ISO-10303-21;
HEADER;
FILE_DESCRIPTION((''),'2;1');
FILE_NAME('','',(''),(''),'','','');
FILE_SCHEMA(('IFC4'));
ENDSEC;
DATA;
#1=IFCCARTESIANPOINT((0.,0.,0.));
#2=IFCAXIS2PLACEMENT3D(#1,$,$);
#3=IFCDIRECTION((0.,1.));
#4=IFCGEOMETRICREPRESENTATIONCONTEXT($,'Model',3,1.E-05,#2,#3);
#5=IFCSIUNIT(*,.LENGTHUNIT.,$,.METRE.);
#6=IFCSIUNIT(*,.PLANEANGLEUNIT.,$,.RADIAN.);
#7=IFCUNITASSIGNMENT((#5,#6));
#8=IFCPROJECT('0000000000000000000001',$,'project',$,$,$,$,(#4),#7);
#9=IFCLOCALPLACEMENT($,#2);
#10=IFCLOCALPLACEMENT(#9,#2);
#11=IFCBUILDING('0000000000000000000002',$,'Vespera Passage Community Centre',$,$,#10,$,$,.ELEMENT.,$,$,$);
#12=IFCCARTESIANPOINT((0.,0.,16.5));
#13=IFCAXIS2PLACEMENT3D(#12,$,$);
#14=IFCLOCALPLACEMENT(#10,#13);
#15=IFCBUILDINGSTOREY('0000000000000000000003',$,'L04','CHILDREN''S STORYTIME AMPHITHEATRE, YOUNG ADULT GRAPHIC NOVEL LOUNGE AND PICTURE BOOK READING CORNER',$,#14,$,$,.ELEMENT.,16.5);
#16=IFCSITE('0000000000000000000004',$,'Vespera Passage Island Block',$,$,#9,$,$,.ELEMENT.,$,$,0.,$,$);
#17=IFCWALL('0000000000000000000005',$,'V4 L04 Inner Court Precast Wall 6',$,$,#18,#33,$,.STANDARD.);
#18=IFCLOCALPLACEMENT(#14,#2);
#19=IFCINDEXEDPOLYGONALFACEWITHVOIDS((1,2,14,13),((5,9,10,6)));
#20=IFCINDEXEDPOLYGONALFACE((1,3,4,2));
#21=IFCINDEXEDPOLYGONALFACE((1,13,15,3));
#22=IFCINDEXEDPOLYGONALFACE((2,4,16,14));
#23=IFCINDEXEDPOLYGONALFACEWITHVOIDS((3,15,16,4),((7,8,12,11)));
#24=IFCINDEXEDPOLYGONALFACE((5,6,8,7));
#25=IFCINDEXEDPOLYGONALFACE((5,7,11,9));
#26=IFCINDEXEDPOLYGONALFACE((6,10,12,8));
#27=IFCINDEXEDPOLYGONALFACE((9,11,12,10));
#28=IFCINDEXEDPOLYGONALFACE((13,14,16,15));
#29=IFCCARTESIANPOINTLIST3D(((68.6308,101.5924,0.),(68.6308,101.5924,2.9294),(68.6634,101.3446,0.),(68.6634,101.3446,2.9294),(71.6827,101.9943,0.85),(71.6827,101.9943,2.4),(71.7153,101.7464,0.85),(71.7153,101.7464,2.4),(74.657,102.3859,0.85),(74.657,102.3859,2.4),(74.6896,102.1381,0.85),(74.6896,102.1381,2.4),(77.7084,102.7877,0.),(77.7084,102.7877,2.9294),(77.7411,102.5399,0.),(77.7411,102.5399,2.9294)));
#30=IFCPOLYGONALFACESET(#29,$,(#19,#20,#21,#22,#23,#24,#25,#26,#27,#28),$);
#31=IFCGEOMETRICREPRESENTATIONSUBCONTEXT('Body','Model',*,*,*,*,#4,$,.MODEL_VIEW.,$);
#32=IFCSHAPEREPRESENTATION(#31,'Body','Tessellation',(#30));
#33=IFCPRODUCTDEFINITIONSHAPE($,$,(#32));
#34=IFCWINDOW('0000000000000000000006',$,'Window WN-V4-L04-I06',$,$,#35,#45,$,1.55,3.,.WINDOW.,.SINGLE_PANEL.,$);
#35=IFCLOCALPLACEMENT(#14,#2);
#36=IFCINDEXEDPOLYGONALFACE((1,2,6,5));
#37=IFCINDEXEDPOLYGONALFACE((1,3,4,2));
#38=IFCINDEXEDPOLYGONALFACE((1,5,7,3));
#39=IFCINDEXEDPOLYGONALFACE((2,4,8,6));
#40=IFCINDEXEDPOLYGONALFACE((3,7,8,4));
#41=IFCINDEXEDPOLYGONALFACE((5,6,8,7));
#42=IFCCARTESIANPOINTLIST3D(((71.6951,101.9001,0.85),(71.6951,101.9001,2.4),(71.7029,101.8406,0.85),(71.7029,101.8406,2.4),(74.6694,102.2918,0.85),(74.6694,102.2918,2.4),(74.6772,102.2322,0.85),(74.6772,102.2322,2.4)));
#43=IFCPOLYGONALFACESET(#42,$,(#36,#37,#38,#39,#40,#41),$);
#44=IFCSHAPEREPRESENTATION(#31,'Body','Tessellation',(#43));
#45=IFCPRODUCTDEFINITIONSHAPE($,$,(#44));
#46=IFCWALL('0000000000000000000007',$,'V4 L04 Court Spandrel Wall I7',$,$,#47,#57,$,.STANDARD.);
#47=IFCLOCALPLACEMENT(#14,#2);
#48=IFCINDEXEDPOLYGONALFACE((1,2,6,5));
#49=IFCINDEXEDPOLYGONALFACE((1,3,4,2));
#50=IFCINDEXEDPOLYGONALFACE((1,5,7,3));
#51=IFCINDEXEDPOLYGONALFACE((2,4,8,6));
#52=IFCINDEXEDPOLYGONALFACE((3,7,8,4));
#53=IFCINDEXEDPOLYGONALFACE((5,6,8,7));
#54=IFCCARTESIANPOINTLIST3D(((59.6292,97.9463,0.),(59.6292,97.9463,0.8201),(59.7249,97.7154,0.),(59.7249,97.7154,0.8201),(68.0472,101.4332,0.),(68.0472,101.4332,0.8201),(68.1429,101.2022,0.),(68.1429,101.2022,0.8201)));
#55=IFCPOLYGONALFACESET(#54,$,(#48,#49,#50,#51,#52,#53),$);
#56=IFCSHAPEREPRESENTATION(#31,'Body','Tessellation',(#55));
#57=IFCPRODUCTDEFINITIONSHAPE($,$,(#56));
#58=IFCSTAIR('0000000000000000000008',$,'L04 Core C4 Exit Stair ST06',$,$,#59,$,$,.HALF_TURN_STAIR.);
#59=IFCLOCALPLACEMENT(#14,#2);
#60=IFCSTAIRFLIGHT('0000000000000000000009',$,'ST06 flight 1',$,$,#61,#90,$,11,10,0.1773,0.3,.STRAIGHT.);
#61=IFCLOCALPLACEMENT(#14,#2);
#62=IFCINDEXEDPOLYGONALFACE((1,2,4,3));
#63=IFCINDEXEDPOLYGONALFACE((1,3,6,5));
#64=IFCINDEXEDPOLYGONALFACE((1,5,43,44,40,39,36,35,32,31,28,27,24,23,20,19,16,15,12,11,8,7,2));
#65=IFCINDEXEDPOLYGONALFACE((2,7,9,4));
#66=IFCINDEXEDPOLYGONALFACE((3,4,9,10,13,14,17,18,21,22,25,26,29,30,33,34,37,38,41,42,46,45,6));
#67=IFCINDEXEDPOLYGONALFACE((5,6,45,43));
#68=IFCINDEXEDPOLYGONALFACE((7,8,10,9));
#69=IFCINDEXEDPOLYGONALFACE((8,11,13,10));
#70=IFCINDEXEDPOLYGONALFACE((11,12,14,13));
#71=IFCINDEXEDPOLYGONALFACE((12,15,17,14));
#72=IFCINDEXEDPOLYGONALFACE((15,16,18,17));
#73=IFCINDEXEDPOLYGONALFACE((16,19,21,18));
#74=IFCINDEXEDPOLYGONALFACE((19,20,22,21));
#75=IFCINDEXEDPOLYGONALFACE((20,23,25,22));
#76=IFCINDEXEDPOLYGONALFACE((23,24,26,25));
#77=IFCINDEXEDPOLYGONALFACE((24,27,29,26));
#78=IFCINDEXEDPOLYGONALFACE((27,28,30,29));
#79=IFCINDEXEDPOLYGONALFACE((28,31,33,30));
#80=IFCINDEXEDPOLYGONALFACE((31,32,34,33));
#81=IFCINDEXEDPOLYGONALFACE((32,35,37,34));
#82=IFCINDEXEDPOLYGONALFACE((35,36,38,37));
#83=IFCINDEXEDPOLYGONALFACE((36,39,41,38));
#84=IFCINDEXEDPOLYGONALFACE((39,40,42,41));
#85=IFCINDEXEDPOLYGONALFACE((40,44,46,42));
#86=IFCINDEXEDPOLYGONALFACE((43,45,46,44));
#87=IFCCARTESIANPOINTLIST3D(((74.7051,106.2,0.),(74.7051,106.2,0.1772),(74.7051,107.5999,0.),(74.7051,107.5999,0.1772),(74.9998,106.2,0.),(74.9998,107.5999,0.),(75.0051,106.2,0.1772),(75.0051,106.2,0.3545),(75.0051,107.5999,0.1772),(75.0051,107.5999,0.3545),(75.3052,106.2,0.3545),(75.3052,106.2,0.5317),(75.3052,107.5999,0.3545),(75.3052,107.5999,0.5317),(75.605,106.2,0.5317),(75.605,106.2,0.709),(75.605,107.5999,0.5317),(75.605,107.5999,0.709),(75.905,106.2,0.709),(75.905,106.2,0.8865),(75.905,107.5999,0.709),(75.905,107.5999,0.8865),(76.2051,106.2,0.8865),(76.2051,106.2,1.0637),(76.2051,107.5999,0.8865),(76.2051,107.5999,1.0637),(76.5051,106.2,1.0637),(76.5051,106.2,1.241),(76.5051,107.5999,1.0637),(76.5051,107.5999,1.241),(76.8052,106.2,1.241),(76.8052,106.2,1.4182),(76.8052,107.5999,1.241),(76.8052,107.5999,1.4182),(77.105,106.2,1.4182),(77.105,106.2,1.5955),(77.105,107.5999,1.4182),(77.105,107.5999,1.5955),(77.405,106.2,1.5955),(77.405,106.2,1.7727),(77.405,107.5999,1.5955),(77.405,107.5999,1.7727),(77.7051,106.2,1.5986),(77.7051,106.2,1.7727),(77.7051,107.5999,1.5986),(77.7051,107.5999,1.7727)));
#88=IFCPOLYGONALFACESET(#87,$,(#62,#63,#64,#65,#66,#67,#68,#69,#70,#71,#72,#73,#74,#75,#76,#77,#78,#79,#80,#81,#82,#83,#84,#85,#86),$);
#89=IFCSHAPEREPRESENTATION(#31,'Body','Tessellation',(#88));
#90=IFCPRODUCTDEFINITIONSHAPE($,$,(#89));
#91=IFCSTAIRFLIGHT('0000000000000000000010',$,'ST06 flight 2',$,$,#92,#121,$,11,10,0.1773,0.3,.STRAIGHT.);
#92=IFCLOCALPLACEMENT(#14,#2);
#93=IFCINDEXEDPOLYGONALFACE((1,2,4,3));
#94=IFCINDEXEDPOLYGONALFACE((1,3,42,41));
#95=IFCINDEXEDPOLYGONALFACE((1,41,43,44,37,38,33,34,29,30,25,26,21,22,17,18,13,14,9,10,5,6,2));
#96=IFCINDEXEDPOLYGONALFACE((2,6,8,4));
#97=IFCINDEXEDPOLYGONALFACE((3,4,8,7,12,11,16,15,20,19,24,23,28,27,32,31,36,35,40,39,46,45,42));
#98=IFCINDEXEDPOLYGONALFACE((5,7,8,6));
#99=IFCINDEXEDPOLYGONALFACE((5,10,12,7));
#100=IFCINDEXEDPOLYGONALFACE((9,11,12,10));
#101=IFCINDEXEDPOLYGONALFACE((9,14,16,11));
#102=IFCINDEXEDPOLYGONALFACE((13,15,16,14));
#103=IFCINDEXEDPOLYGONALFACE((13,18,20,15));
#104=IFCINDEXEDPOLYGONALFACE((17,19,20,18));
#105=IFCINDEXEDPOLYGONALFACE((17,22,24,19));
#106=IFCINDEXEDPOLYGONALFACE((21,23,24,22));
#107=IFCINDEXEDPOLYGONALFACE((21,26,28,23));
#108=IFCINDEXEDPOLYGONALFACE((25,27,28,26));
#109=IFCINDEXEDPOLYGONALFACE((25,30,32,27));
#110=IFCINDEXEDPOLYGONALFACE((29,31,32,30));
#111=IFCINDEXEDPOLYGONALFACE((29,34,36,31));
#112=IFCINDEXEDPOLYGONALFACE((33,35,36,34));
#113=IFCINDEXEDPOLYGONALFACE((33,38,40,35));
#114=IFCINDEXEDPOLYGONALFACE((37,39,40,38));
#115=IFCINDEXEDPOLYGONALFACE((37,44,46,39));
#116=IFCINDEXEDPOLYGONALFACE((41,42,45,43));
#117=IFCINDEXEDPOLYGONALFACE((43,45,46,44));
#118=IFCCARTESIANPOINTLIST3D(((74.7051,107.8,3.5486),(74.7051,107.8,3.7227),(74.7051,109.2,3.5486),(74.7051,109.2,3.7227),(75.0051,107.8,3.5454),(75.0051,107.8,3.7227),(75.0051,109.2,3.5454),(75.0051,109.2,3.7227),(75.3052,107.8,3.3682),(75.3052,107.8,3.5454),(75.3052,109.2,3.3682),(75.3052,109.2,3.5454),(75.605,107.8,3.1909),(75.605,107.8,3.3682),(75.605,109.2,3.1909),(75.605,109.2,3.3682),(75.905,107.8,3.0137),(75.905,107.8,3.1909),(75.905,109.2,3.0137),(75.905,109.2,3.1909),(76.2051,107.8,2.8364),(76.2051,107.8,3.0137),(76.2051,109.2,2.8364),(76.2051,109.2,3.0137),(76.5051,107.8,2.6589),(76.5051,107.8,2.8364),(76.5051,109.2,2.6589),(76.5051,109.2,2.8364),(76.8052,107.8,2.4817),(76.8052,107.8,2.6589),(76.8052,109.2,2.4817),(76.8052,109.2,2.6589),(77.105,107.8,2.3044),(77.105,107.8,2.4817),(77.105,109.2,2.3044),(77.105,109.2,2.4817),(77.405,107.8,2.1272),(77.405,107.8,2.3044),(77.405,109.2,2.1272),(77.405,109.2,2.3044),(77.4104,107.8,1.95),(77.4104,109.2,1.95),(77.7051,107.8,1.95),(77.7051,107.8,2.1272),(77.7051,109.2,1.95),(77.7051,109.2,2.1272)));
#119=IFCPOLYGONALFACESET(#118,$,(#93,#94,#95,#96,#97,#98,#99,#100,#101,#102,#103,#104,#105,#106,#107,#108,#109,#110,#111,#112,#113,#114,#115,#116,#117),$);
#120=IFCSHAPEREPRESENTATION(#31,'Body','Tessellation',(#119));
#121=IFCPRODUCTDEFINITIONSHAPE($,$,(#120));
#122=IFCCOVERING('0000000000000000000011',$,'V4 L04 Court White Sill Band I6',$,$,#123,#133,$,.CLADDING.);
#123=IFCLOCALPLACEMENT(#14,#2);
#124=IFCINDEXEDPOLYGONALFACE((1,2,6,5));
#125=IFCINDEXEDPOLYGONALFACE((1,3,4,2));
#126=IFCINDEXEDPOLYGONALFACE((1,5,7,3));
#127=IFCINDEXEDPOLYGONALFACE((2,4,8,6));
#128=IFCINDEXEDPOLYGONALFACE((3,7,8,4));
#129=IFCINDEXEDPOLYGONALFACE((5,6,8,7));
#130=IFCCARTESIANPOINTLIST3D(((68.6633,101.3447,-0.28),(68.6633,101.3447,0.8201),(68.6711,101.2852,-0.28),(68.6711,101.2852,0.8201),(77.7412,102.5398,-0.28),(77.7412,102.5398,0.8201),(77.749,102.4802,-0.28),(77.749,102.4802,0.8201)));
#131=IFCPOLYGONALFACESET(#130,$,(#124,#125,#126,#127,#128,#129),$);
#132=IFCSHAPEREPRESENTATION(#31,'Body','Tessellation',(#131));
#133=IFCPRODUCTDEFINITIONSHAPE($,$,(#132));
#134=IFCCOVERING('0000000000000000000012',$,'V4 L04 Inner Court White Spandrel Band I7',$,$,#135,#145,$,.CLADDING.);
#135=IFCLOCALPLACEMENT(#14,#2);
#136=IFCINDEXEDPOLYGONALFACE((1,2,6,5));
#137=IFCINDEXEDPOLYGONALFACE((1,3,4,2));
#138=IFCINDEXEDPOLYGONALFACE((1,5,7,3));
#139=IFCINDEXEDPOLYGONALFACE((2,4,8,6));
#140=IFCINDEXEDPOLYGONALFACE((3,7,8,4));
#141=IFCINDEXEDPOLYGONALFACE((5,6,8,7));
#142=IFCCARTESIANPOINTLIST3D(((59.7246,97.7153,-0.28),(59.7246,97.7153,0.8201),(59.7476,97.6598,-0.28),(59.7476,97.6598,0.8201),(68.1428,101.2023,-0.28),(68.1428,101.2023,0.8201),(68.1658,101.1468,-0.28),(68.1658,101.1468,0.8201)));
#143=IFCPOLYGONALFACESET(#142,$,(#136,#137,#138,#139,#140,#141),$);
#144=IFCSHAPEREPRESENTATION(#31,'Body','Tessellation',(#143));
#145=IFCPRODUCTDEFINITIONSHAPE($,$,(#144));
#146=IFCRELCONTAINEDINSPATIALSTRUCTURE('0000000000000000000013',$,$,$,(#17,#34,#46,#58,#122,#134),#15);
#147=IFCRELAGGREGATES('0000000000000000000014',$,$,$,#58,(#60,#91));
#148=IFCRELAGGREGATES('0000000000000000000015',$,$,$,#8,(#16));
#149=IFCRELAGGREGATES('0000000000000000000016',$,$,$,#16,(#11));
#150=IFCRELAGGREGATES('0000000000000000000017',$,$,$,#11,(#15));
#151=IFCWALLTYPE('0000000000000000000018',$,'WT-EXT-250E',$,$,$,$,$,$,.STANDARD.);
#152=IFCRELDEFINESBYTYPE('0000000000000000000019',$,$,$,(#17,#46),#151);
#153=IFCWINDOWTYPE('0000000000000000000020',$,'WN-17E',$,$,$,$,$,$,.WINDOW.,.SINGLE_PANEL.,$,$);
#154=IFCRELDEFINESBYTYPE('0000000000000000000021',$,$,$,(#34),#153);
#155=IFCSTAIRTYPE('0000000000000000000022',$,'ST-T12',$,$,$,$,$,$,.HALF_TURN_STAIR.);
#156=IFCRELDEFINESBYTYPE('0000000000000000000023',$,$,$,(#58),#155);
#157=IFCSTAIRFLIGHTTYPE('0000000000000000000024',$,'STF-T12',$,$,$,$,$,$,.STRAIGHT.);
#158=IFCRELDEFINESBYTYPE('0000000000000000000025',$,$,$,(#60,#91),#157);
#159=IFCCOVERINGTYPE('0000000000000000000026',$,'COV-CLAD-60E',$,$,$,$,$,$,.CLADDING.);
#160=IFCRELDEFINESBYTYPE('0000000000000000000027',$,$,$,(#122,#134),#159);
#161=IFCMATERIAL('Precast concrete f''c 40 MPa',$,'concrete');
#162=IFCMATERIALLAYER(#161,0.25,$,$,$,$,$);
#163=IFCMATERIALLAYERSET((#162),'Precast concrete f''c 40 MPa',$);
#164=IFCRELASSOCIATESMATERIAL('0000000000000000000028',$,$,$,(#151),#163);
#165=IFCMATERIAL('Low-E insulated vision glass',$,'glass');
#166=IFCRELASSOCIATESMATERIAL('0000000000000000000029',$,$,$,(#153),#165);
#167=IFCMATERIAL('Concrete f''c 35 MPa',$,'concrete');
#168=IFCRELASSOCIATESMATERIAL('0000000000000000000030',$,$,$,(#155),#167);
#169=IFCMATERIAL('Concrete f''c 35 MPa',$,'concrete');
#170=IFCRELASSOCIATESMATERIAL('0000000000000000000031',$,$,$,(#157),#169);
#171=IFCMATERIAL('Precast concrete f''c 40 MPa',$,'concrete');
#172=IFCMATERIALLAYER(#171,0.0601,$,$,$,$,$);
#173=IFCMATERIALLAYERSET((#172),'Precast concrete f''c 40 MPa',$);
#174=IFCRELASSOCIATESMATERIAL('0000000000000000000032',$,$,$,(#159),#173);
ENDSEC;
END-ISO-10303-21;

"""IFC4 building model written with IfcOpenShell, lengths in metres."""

from ifc_helpers import new_model, si_unit, direction, frame, frame_2d, origin, place, context, subcontext, project, spatial, polyline, rectangle, outline, extrude, material, layer, layer_set, type_object, element, fill, aggregate, save


model = new_model("IFC4")

# Units and contexts
model_context = context("Model", 3, precision=1e-05, world=origin(), true_north=direction((0.0, 1.0)))
body_context = subcontext(model_context, "Body", "Model", "MODEL_VIEW")
ifc_project = project(units=[si_unit("LENGTHUNIT", "METRE"), si_unit("PLANEANGLEUNIT", "RADIAN")], contexts=[model_context])

# Site, building, storey
site_placement = place(None, origin())
site = spatial("IfcSite", under=ifc_project, at=site_placement, Name="Vespera Passage Island Block", CompositionType="ELEMENT", RefElevation=0.0)
building_placement = place(site_placement, origin())
building = spatial("IfcBuilding", under=site, at=building_placement, Name="Vespera Passage Community Centre", CompositionType="ELEMENT")
storey_placement = place(building_placement, frame((0.0, 0.0, 16.5)))
storey = spatial("IfcBuildingStorey", under=building, at=storey_placement, Name="L04", Description="CHILDREN'S STORYTIME AMPHITHEATRE, YOUNG ADULT GRAPHIC NOVEL LOUNGE AND PICTURE BOOK READING CORNER", CompositionType="ELEMENT", Elevation=16.5)

# Wall, opening, window
ifc_material_1 = material(Name="Precast concrete f'c 40 MPa", Category="concrete")
ifc_layer_1 = layer(ifc_material_1, 0.25)
ifc_layer_set_1 = layer_set([ifc_layer_1], Name="Precast concrete f'c 40 MPa")
wall_type_1 = type_object("IfcWallType", Name="WT-EXT-250E", PredefinedType="STANDARD", material=ifc_layer_set_1)
wall_1_placement = place(storey_placement, frame((77.7249, 102.6638, 0.0), z_axis=(0.0, 0.0, 1.0), x_axis=(-0.991442, -0.13055, 0.0)))
wall_1 = element("IfcWall", 1, at=wall_1_placement, inside=storey, type_object=wall_type_1, Name="V4 L04 Inner Court Precast Wall 6", PredefinedType="STANDARD", context=body_context, shape_type="SweptSolid", body=[
    extrude(rectangle(XDim=9.156, YDim=0.25, at=frame_2d((4.5781, 0.0))), origin(), (0.0, 0.0, 1.0), 2.9294),
])
opening_1_placement = place(wall_1_placement, frame((3.0779, 0.0, 0.8501)))
opening_1 = element("IfcOpeningElement", 2, at=opening_1_placement, cuts=wall_1, PredefinedType="OPENING", context=body_context, shape_type="SweptSolid", body=[
    extrude(rectangle(XDim=3.0, YDim=1.55, at=frame_2d((1.5, 0.7749))), frame((0.0, 0.135, 0.0), z_axis=(0.0, -1.0, 0.0), x_axis=(1.0, 0.0, 0.0)), (0.0, 0.0, 1.0), 0.27),
])
ifc_material_2 = material(Name="Low-E insulated vision glass", Category="glass")
window_type = type_object("IfcWindowType", Name="WN-17E", PartitioningType="SINGLE_PANEL", PredefinedType="WINDOW", material=ifc_material_2)
window_placement = place(opening_1_placement, origin())
window = element("IfcWindow", 3, at=window_placement, inside=storey, type_object=window_type, Name="Window WN-V4-L04-I06", OverallHeight=1.55, OverallWidth=3.0, PartitioningType="SINGLE_PANEL", PredefinedType="WINDOW", context=body_context, shape_type="SweptSolid", body=[
    extrude(rectangle(XDim=3.0, YDim=1.55, at=frame_2d((1.5, 0.7749))), frame((0.0, 0.03, 0.0), z_axis=(0.0, -1.0, 0.0), x_axis=(1.0, 0.0, 0.0)), (0.0, 0.0, 1.0), 0.0601),
])
fill(opening_1, window)

# Wall
wall_2_placement = place(storey_placement, frame((68.095, 101.3176, 0.0), z_axis=(0.0, 0.0, 1.0), x_axis=(-0.92388, -0.382682, 0.0)))
element("IfcWall", 4, at=wall_2_placement, inside=storey, type_object=wall_type_1, Name="V4 L04 Court Spandrel Wall I7", PredefinedType="STANDARD", context=body_context, shape_type="SweptSolid", body=[
    extrude(rectangle(XDim=9.1116, YDim=0.25, at=frame_2d((4.5557, 0.0))), origin(), (0.0, 0.0, 1.0), 0.8201),
])

# Stair, stair flights
ifc_material_3 = material(Name="Concrete f'c 35 MPa", Category="concrete")
stair_type = type_object("IfcStairType", Name="ST-T12", PredefinedType="HALF_TURN_STAIR", material=ifc_material_3)
stair_placement = place(storey_placement, origin())
stair = element("IfcStair", 5, at=stair_placement, inside=storey, type_object=stair_type, Name="L04 Core C4 Exit Stair ST06", PredefinedType="HALF_TURN_STAIR")
ifc_material_4 = material(Name="Concrete f'c 35 MPa", Category="concrete")
stair_flight_type = type_object("IfcStairFlightType", Name="STF-T12", PredefinedType="STRAIGHT", material=ifc_material_4)
stair_flight_1_placement = place(storey_placement, frame((74.7051, 106.8999, 0.0), z_axis=(0.0, 0.0, 1.0), x_axis=(1.0, 0.0, 0.0)))
stair_flight_1 = element("IfcStairFlight", 6, at=stair_flight_1_placement, type_object=stair_flight_type, Name="ST06 flight 1", NumberOfRisers=11, NumberOfTreads=10, PredefinedType="STRAIGHT", RiserHeight=0.1773, TreadLength=0.3, context=body_context, shape_type="SweptSolid", body=[
    extrude(outline(polyline([(0.0, 0.0), (0.0, 0.1772), (0.3, 0.1772), (0.3, 0.3545), (0.6001, 0.3545), (0.6001, 0.5317), (0.8999, 0.5317), (0.8999, 0.709), (1.2, 0.709), (1.2, 0.8865), (1.5, 0.8865), (1.5, 1.0637), (1.8, 1.0637), (1.8, 1.241), (2.1001, 1.241), (2.1001, 1.4182), (2.3999, 1.4182), (2.3999, 1.5955), (2.7, 1.5955), (2.7, 1.7727), (3.0, 1.7727), (3.0, 1.95), (3.0, 1.5986), (0.2947, 0.0), (0.0, 0.0)])), frame((0.0, 0.7, 0.0), z_axis=(0.0, -1.0, 0.0), x_axis=(1.0, 0.0, 0.0)), (0.0, 0.0, 1.0), 1.3999),
])
stair_flight_2_placement = place(storey_placement, frame((77.7051, 108.5, 1.95), z_axis=(0.0, 0.0, 1.0), x_axis=(-1.0, 0.0, 0.0)))
stair_flight_2 = element("IfcStairFlight", 7, at=stair_flight_2_placement, type_object=stair_flight_type, Name="ST06 flight 2", NumberOfRisers=11, NumberOfTreads=10, PredefinedType="STRAIGHT", RiserHeight=0.1773, TreadLength=0.3, context=body_context, shape_type="SweptSolid", body=[
    extrude(outline(polyline([(0.0, 0.0), (0.0, 0.1772), (0.3, 0.1772), (0.3, 0.3545), (0.6001, 0.3545), (0.6001, 0.5317), (0.8999, 0.5317), (0.8999, 0.709), (1.2, 0.709), (1.2, 0.8865), (1.5, 0.8865), (1.5, 1.0637), (1.8, 1.0637), (1.8, 1.241), (2.1001, 1.241), (2.1001, 1.4182), (2.3999, 1.4182), (2.3999, 1.5955), (2.7, 1.5955), (2.7, 1.7727), (3.0, 1.7727), (3.0, 1.95), (3.0, 1.5986), (0.2947, 0.0), (0.0, 0.0)])), frame((0.0, 0.7, 0.0), z_axis=(0.0, -1.0, 0.0), x_axis=(1.0, 0.0, 0.0)), (0.0, 0.0, 1.0), 1.3999),
])
aggregate(stair, [stair_flight_1, stair_flight_2])

# Coverings
ifc_material_5 = material(Name="Precast concrete f'c 40 MPa", Category="concrete")
ifc_layer_2 = layer(ifc_material_5, 0.0601)
ifc_layer_set_2 = layer_set([ifc_layer_2], Name="Precast concrete f'c 40 MPa")
covering_type = type_object("IfcCoveringType", Name="COV-CLAD-60E", PredefinedType="CLADDING", material=ifc_layer_set_2)
covering_1_placement = place(storey_placement, frame((77.7451, 102.51, -0.28), z_axis=(0.0, 0.0, 1.0), x_axis=(-0.991446, -0.13052, 0.0)))
element("IfcCovering", 8, at=covering_1_placement, inside=storey, type_object=covering_type, Name="V4 L04 Court White Sill Band I6", PredefinedType="CLADDING", context=body_context, shape_type="SweptSolid", body=[
    extrude(rectangle(XDim=9.1562, YDim=0.0601, at=frame_2d((4.5781, 0.0))), origin(), (0.0, 0.0, 1.0), 1.1001),
])
covering_2_placement = place(storey_placement, frame((68.1543, 101.1746, -0.28), z_axis=(0.0, 0.0, 1.0), x_axis=(-0.923875, -0.382695, 0.0)))
element("IfcCovering", 9, at=covering_2_placement, inside=storey, type_object=covering_type, Name="V4 L04 Inner Court White Spandrel Band I7", PredefinedType="CLADDING", context=body_context, shape_type="SweptSolid", body=[
    extrude(rectangle(XDim=9.1118, YDim=0.0601, at=frame_2d((4.5559, 0.0))), origin(), (0.0, 0.0, 1.0), 1.1001),
])

save(model, "model.ifc")
